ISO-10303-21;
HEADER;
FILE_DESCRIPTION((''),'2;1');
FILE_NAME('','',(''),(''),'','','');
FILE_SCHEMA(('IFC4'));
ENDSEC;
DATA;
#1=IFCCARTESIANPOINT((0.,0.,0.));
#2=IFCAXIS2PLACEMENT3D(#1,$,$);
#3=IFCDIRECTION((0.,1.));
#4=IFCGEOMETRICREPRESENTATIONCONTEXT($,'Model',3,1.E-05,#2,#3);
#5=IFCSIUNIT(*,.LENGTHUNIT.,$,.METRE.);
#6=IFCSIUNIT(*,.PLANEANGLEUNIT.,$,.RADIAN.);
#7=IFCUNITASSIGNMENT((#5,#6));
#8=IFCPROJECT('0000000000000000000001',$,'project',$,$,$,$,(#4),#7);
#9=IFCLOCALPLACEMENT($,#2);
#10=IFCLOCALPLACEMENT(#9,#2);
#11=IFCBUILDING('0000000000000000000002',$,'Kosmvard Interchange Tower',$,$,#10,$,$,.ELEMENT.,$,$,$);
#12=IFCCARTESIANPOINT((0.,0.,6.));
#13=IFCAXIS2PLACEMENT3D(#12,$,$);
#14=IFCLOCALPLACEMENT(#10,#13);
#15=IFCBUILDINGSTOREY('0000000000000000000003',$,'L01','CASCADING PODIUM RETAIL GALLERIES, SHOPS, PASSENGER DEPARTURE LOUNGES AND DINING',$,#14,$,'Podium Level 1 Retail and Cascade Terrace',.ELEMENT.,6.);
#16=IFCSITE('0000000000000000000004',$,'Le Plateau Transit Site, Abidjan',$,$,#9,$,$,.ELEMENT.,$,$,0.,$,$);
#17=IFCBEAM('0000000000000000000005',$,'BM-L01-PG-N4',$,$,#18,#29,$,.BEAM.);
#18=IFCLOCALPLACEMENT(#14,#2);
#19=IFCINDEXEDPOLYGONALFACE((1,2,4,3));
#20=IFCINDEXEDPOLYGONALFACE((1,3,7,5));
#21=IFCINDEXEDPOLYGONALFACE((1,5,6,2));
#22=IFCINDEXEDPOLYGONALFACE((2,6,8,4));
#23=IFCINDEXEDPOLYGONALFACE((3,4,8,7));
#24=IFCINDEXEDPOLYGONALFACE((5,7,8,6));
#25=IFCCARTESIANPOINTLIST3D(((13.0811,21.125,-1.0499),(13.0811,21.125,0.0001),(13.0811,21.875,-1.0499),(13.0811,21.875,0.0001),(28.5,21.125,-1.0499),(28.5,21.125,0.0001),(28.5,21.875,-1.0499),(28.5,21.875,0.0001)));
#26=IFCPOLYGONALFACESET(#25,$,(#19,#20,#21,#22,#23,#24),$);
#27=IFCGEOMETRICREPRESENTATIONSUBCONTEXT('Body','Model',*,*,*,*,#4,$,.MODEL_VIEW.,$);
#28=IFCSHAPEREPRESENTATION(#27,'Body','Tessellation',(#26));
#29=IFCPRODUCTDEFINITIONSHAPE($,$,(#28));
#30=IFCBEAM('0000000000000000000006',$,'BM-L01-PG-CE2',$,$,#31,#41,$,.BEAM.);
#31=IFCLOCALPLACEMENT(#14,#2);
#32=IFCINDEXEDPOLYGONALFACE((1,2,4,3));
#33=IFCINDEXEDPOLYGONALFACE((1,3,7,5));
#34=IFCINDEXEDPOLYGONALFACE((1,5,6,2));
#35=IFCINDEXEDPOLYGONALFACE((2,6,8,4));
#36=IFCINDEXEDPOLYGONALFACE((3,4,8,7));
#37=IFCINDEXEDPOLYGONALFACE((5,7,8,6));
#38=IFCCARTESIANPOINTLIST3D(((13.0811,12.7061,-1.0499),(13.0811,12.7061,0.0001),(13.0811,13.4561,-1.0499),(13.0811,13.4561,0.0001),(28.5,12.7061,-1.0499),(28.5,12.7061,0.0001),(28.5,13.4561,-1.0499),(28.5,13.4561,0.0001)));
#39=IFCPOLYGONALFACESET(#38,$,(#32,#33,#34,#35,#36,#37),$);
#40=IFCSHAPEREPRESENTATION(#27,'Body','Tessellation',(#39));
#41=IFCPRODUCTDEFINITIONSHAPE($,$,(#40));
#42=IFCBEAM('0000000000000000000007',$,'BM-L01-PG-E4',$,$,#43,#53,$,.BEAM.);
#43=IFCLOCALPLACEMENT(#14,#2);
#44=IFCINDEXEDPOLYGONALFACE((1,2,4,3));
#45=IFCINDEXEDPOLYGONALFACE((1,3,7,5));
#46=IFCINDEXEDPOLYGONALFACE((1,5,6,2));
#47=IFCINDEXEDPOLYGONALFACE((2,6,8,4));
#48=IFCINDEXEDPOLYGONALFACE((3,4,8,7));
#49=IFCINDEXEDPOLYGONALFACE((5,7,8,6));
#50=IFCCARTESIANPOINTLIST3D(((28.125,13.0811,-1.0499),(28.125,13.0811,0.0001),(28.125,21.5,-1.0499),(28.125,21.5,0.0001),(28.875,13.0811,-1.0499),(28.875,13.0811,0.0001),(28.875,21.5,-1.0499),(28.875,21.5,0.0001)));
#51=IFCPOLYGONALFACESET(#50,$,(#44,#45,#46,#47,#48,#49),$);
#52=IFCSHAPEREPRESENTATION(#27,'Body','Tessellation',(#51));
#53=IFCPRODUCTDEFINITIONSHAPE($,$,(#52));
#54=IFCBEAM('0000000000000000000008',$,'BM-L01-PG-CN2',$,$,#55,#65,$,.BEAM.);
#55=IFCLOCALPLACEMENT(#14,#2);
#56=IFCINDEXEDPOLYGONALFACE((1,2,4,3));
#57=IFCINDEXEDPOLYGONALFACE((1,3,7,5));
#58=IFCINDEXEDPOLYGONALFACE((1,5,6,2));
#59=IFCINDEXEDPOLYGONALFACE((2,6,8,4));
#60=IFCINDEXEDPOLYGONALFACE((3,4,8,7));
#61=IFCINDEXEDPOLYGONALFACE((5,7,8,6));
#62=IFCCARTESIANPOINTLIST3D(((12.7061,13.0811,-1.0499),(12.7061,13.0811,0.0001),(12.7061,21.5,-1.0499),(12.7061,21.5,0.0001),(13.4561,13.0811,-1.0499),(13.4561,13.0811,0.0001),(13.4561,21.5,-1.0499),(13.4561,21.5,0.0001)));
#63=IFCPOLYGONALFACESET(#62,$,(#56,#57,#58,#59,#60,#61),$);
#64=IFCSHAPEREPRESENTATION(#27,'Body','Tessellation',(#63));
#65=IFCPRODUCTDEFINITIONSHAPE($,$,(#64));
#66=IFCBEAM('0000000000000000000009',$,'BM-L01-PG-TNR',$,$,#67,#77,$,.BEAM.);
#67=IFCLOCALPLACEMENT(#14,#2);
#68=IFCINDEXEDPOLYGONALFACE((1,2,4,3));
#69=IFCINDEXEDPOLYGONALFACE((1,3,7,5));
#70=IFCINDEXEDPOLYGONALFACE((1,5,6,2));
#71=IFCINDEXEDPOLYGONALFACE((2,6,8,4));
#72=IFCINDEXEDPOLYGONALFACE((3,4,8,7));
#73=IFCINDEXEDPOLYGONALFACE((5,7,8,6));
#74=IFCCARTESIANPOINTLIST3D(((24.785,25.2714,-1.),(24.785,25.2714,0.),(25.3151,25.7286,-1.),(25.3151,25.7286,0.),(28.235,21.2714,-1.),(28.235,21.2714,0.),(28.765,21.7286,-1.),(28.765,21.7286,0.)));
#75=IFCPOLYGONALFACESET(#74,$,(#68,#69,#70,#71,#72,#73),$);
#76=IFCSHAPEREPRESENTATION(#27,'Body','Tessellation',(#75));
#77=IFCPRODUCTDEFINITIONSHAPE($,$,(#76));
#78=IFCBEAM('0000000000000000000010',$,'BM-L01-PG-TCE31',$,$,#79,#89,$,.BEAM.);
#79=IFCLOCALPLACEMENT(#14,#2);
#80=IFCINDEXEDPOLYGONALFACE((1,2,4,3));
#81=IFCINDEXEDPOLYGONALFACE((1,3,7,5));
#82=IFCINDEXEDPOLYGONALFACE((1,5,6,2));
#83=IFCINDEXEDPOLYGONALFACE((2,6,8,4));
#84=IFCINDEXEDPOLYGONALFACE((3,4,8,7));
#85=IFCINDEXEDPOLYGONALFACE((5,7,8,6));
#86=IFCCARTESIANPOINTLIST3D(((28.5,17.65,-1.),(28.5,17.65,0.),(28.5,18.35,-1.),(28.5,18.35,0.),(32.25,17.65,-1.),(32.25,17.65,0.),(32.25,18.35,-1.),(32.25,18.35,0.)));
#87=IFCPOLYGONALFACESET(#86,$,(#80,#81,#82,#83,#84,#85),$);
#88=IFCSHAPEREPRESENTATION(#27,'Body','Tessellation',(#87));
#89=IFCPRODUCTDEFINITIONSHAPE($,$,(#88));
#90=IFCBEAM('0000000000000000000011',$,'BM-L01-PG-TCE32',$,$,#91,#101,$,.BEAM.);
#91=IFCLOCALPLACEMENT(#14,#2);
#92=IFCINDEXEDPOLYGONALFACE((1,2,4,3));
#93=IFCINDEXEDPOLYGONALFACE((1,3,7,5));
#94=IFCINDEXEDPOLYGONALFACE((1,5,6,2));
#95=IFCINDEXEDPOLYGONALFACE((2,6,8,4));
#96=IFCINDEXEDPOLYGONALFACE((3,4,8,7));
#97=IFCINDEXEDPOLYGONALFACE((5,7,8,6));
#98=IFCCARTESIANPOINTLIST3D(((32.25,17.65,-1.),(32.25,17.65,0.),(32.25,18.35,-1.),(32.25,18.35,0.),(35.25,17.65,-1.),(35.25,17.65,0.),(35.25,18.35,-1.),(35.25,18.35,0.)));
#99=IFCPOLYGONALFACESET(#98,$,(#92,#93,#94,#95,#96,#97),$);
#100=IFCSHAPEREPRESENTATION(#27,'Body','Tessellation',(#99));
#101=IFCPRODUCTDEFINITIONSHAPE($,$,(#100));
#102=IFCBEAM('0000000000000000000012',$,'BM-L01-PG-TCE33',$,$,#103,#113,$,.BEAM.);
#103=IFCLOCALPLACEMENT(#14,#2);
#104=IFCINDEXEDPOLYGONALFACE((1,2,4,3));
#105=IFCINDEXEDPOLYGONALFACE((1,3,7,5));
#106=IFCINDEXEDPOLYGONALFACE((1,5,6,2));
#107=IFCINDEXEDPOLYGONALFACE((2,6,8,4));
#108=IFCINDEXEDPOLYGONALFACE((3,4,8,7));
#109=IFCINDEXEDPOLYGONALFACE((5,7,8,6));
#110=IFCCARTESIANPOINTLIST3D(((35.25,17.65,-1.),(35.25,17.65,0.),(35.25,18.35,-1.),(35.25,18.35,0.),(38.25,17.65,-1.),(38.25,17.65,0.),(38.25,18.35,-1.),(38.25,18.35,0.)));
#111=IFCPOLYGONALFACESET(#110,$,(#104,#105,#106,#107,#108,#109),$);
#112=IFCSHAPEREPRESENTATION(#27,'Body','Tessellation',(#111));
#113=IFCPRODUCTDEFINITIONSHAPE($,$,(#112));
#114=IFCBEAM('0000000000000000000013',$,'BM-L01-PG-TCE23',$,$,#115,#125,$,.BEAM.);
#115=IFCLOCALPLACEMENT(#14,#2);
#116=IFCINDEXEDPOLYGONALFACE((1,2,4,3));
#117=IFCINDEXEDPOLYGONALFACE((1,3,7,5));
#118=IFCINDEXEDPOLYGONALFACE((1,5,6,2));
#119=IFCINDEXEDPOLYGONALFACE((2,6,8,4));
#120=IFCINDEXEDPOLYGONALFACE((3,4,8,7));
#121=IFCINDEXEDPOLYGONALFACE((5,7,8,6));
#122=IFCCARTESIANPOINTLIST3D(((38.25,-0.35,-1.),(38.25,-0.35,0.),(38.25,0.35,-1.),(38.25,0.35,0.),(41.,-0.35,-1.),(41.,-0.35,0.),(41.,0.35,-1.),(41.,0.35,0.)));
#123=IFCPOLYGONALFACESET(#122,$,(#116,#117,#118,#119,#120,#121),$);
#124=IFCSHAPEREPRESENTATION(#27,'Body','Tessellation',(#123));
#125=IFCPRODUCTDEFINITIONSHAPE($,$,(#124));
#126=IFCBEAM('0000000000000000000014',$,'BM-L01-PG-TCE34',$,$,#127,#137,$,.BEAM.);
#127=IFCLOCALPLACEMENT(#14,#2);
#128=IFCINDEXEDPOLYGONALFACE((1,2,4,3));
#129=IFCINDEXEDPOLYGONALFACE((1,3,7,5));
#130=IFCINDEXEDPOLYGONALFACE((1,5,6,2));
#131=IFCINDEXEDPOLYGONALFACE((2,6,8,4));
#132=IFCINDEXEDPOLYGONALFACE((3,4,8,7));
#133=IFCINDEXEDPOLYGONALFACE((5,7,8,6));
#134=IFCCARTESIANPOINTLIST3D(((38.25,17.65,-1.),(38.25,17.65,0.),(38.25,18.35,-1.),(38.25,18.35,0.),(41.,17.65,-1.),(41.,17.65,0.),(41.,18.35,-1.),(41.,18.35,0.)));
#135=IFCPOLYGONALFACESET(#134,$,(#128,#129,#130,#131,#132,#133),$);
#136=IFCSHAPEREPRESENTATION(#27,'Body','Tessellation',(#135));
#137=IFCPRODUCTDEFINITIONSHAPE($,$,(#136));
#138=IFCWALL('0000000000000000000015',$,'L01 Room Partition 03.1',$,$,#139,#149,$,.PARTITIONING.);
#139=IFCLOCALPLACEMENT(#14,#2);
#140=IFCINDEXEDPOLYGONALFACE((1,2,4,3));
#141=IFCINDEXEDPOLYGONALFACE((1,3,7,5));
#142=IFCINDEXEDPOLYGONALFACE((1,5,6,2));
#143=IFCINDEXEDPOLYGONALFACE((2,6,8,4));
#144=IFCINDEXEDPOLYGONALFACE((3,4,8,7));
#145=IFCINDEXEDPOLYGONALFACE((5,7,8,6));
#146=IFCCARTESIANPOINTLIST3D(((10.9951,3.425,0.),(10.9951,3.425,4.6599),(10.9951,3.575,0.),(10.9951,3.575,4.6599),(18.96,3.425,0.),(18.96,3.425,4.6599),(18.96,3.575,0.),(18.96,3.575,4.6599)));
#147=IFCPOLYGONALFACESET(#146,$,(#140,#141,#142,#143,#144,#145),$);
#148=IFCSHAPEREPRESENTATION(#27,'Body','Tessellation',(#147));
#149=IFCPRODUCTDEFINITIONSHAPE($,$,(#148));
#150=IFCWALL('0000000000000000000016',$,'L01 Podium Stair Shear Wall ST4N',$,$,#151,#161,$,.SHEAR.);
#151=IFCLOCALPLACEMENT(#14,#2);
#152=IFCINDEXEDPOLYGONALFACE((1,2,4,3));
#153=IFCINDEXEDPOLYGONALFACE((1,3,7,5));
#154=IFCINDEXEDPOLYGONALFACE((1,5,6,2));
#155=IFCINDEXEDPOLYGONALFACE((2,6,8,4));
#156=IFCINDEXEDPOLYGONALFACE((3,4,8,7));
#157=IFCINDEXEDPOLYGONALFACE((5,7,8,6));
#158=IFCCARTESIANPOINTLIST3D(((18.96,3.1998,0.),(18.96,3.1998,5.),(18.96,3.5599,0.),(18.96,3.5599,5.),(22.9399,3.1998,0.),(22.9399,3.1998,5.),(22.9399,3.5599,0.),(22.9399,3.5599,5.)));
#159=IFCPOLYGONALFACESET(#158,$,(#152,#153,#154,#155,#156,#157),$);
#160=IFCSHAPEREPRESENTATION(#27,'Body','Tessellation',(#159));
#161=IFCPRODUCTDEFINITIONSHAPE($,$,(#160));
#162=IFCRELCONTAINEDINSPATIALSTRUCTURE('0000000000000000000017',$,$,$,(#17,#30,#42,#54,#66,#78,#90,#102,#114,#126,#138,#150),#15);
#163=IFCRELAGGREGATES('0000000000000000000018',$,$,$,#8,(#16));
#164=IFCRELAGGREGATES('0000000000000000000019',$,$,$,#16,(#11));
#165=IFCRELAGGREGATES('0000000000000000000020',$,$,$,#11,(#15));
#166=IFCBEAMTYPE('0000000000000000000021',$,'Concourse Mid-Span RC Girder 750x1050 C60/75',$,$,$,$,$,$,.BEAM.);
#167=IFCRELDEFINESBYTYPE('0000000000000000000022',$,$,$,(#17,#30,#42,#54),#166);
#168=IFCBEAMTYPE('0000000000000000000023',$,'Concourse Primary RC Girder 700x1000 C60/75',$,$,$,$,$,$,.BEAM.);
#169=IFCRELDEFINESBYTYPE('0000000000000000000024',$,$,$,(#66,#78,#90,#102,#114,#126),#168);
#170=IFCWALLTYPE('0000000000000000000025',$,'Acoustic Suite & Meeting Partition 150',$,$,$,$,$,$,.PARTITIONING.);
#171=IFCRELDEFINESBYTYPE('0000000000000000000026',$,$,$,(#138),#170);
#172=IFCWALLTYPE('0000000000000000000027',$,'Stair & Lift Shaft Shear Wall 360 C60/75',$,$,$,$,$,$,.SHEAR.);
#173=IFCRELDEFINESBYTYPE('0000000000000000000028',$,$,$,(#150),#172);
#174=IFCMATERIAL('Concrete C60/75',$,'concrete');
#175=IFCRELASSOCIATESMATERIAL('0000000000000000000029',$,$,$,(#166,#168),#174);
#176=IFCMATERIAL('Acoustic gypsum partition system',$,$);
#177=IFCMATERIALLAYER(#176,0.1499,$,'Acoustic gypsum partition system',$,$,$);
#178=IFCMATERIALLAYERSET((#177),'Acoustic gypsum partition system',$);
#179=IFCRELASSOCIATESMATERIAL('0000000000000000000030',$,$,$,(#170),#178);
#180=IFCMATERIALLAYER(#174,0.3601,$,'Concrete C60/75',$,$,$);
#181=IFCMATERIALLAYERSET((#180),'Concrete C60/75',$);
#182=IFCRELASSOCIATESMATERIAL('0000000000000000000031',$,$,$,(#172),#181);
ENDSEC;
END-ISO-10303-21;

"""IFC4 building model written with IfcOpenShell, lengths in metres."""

from ifc_helpers import new_model, si_unit, direction, frame, frame_2d, origin, origin_2d, place, context, subcontext, project, spatial, rectangle, extrude, source, transform, mapped, material, layer, layer_set, material_profile, profile_set, type_object, element, save


model = new_model("IFC4")

# Units and contexts
model_context = context("Model", 3, precision=1e-05, world=origin(), true_north=direction((0.0, 1.0)))
body_context = subcontext(model_context, "Body", "Model", "MODEL_VIEW")
ifc_project = project(units=[si_unit("LENGTHUNIT", "METRE"), si_unit("PLANEANGLEUNIT", "RADIAN")], contexts=[model_context])

# Site, building, storey
site_placement = place(None, origin())
site = spatial("IfcSite", under=ifc_project, at=site_placement, Name="Le Plateau Transit Site, Abidjan", CompositionType="ELEMENT", RefElevation=0.0)
building_placement = place(site_placement, origin())
building = spatial("IfcBuilding", under=site, at=building_placement, Name="Kosmvard Interchange Tower", CompositionType="ELEMENT")
storey_placement = place(building_placement, frame((0.0, 0.0, 6.0)))
storey = spatial("IfcBuildingStorey", under=building, at=storey_placement, Name="L01", Description="CASCADING PODIUM RETAIL GALLERIES, SHOPS, PASSENGER DEPARTURE LOUNGES AND DINING", LongName="Podium Level 1 Retail and Cascade Terrace", CompositionType="ELEMENT", Elevation=6.0)

# Shared definitions
ifc_material_1 = material(Name="Concrete C60/75", Category="concrete")

# Beams
ifc_material_profile_1 = material_profile(ifc_material_1, rectangle(XDim=0.75, YDim=1.05, at=origin_2d()), Name="RCG 750x1050")
ifc_profile_set_1 = profile_set([ifc_material_profile_1], Name="Concrete C60/75")
beam_type_1 = type_object("IfcBeamType", Name="Concourse Mid-Span RC Girder 750x1050 C60/75", PredefinedType="BEAM", material=ifc_profile_set_1)
shared_shape_1 = source(origin(), body_context, "Body", "SweptSolid", [
    extrude(rectangle(XDim=0.75, YDim=1.05, at=origin_2d()), origin(), (0.0, 0.0, 1.0), 15.4189),
])
for number, where, z_axis, x_axis, name in (
    (1, (13.0811, 21.5, -0.5249), (1.0, 0.0, 0.0), (0.0, 1.0, 0.0), "BM-L01-PG-N4"),
    (2, (28.5, 13.0811, -0.5249), (-1.0, 0.0, 0.0), (0.0, -1.0, 0.0), "BM-L01-PG-CE2"),
):
    element("IfcBeam", number, at=place(storey_placement, frame(where, z_axis=z_axis, x_axis=x_axis)), inside=storey, type_object=beam_type_1, Name=name, PredefinedType="BEAM", context=body_context, shape_type="MappedRepresentation", body=[
        mapped(shared_shape_1, transform((0.0, 0.0, 0.0), scale=1.0)),
    ])
shared_shape_2 = source(origin(), body_context, "Body", "SweptSolid", [
    extrude(rectangle(XDim=0.75, YDim=1.05, at=origin_2d()), origin(), (0.0, 0.0, 1.0), 8.4189),
])
for number, where, z_axis, x_axis, name in (
    (3, (28.5, 13.0811, -0.5249), (0.0, 1.0, 0.0), (-1.0, 0.0, 0.0), "BM-L01-PG-E4"),
    (4, (13.0811, 21.5, -0.5249), (0.0, -1.0, 0.0), (1.0, 0.0, 0.0), "BM-L01-PG-CN2"),
):
    element("IfcBeam", number, at=place(storey_placement, frame(where, z_axis=z_axis, x_axis=x_axis)), inside=storey, type_object=beam_type_1, Name=name, PredefinedType="BEAM", context=body_context, shape_type="MappedRepresentation", body=[
        mapped(shared_shape_2, transform((0.0, 0.0, 0.0), scale=1.0)),
    ])
ifc_material_profile_2 = material_profile(ifc_material_1, rectangle(XDim=0.7, YDim=1.0, at=origin_2d()), Name="RCG 700x1000")
ifc_profile_set_2 = profile_set([ifc_material_profile_2], Name="Concrete C60/75")
beam_type_2 = type_object("IfcBeamType", Name="Concourse Primary RC Girder 700x1000 C60/75", PredefinedType="BEAM", material=ifc_profile_set_2)
shared_shape_3 = source(origin(), body_context, "Body", "SweptSolid", [
    extrude(rectangle(XDim=0.7, YDim=1.0, at=origin_2d()), origin(), (0.0, 0.0, 1.0), 5.2822),
])
beam_1_placement = place(storey_placement, frame((25.05, 25.5, -0.5), z_axis=(0.653122, -0.757253, 0.0), x_axis=(0.757253, 0.653122, 0.0)))
element("IfcBeam", 5, at=beam_1_placement, inside=storey, type_object=beam_type_2, Name="BM-L01-PG-TNR", PredefinedType="BEAM", context=body_context, shape_type="MappedRepresentation", body=[
    mapped(shared_shape_3, transform((0.0, 0.0, 0.0), scale=1.0)),
])
shared_shape_4 = source(origin(), body_context, "Body", "SweptSolid", [
    extrude(rectangle(XDim=0.7, YDim=1.0, at=origin_2d()), origin(), (0.0, 0.0, 1.0), 3.75),
])
beam_2_placement = place(storey_placement, frame((28.5, 18.0, -0.5), z_axis=(1.0, 0.0, 0.0), x_axis=(0.0, 1.0, 0.0)))
element("IfcBeam", 6, at=beam_2_placement, inside=storey, type_object=beam_type_2, Name="BM-L01-PG-TCE31", PredefinedType="BEAM", context=body_context, shape_type="MappedRepresentation", body=[
    mapped(shared_shape_4, transform((0.0, 0.0, 0.0), scale=1.0)),
])
shared_shape_5 = source(origin(), body_context, "Body", "SweptSolid", [
    extrude(rectangle(XDim=0.7, YDim=1.0, at=origin_2d()), origin(), (0.0, 0.0, 1.0), 3.0),
])
for number, where, z_axis, x_axis, name in (
    (7, (32.25, 18.0, -0.5), (1.0, 0.0, 0.0), (0.0, 1.0, 0.0), "BM-L01-PG-TCE32"),
    (8, (35.25, 18.0, -0.5), (1.0, 0.0, 0.0), (0.0, 1.0, 0.0), "BM-L01-PG-TCE33"),
):
    element("IfcBeam", number, at=place(storey_placement, frame(where, z_axis=z_axis, x_axis=x_axis)), inside=storey, type_object=beam_type_2, Name=name, PredefinedType="BEAM", context=body_context, shape_type="MappedRepresentation", body=[
        mapped(shared_shape_5, transform((0.0, 0.0, 0.0), scale=1.0)),
    ])
shared_shape_6 = source(origin(), body_context, "Body", "SweptSolid", [
    extrude(rectangle(XDim=0.7, YDim=1.0, at=origin_2d()), origin(), (0.0, 0.0, 1.0), 2.75),
])
for number, where, z_axis, x_axis, name in (
    (9, (38.25, 0.0, -0.5), (1.0, 0.0, 0.0), (0.0, 1.0, 0.0), "BM-L01-PG-TCE23"),
    (10, (38.25, 18.0, -0.5), (1.0, 0.0, 0.0), (0.0, 1.0, 0.0), "BM-L01-PG-TCE34"),
):
    element("IfcBeam", number, at=place(storey_placement, frame(where, z_axis=z_axis, x_axis=x_axis)), inside=storey, type_object=beam_type_2, Name=name, PredefinedType="BEAM", context=body_context, shape_type="MappedRepresentation", body=[
        mapped(shared_shape_6, transform((0.0, 0.0, 0.0), scale=1.0)),
    ])

# Walls
ifc_material_2 = material(Name="Acoustic gypsum partition system")
ifc_layer_1 = layer(ifc_material_2, 0.1499, Name="Acoustic gypsum partition system")
ifc_layer_set_1 = layer_set([ifc_layer_1], Name="Acoustic gypsum partition system")
wall_type_1 = type_object("IfcWallType", Name="Acoustic Suite & Meeting Partition 150", PredefinedType="PARTITIONING", material=ifc_layer_set_1)
wall_1_placement = place(storey_placement, frame((10.9951, 3.5, 0.0), z_axis=(0.0, 0.0, 1.0), x_axis=(1.0, 0.0, 0.0)))
element("IfcWall", 11, at=wall_1_placement, inside=storey, type_object=wall_type_1, Name="L01 Room Partition 03.1", PredefinedType="PARTITIONING", context=body_context, shape_type="SweptSolid", body=[
    extrude(rectangle(XDim=7.9648, YDim=0.1499, at=frame_2d((3.9824, 0.0))), origin(), (0.0, 0.0, 1.0), 4.6599),
])
ifc_layer_2 = layer(ifc_material_1, 0.3601, Name="Concrete C60/75")
ifc_layer_set_2 = layer_set([ifc_layer_2], Name="Concrete C60/75")
wall_type_2 = type_object("IfcWallType", Name="Stair & Lift Shaft Shear Wall 360 C60/75", PredefinedType="SHEAR", material=ifc_layer_set_2)
wall_2_placement = place(storey_placement, frame((18.96, 3.3799, 0.0), z_axis=(0.0, 0.0, 1.0), x_axis=(1.0, 0.0, 0.0)))
element("IfcWall", 12, at=wall_2_placement, inside=storey, type_object=wall_type_2, Name="L01 Podium Stair Shear Wall ST4N", PredefinedType="SHEAR", context=body_context, shape_type="SweptSolid", body=[
    extrude(rectangle(XDim=3.98, YDim=0.3601, at=frame_2d((1.99, 0.0))), origin(), (0.0, 0.0, 1.0), 5.0),
])

save(model, "model.ifc")
